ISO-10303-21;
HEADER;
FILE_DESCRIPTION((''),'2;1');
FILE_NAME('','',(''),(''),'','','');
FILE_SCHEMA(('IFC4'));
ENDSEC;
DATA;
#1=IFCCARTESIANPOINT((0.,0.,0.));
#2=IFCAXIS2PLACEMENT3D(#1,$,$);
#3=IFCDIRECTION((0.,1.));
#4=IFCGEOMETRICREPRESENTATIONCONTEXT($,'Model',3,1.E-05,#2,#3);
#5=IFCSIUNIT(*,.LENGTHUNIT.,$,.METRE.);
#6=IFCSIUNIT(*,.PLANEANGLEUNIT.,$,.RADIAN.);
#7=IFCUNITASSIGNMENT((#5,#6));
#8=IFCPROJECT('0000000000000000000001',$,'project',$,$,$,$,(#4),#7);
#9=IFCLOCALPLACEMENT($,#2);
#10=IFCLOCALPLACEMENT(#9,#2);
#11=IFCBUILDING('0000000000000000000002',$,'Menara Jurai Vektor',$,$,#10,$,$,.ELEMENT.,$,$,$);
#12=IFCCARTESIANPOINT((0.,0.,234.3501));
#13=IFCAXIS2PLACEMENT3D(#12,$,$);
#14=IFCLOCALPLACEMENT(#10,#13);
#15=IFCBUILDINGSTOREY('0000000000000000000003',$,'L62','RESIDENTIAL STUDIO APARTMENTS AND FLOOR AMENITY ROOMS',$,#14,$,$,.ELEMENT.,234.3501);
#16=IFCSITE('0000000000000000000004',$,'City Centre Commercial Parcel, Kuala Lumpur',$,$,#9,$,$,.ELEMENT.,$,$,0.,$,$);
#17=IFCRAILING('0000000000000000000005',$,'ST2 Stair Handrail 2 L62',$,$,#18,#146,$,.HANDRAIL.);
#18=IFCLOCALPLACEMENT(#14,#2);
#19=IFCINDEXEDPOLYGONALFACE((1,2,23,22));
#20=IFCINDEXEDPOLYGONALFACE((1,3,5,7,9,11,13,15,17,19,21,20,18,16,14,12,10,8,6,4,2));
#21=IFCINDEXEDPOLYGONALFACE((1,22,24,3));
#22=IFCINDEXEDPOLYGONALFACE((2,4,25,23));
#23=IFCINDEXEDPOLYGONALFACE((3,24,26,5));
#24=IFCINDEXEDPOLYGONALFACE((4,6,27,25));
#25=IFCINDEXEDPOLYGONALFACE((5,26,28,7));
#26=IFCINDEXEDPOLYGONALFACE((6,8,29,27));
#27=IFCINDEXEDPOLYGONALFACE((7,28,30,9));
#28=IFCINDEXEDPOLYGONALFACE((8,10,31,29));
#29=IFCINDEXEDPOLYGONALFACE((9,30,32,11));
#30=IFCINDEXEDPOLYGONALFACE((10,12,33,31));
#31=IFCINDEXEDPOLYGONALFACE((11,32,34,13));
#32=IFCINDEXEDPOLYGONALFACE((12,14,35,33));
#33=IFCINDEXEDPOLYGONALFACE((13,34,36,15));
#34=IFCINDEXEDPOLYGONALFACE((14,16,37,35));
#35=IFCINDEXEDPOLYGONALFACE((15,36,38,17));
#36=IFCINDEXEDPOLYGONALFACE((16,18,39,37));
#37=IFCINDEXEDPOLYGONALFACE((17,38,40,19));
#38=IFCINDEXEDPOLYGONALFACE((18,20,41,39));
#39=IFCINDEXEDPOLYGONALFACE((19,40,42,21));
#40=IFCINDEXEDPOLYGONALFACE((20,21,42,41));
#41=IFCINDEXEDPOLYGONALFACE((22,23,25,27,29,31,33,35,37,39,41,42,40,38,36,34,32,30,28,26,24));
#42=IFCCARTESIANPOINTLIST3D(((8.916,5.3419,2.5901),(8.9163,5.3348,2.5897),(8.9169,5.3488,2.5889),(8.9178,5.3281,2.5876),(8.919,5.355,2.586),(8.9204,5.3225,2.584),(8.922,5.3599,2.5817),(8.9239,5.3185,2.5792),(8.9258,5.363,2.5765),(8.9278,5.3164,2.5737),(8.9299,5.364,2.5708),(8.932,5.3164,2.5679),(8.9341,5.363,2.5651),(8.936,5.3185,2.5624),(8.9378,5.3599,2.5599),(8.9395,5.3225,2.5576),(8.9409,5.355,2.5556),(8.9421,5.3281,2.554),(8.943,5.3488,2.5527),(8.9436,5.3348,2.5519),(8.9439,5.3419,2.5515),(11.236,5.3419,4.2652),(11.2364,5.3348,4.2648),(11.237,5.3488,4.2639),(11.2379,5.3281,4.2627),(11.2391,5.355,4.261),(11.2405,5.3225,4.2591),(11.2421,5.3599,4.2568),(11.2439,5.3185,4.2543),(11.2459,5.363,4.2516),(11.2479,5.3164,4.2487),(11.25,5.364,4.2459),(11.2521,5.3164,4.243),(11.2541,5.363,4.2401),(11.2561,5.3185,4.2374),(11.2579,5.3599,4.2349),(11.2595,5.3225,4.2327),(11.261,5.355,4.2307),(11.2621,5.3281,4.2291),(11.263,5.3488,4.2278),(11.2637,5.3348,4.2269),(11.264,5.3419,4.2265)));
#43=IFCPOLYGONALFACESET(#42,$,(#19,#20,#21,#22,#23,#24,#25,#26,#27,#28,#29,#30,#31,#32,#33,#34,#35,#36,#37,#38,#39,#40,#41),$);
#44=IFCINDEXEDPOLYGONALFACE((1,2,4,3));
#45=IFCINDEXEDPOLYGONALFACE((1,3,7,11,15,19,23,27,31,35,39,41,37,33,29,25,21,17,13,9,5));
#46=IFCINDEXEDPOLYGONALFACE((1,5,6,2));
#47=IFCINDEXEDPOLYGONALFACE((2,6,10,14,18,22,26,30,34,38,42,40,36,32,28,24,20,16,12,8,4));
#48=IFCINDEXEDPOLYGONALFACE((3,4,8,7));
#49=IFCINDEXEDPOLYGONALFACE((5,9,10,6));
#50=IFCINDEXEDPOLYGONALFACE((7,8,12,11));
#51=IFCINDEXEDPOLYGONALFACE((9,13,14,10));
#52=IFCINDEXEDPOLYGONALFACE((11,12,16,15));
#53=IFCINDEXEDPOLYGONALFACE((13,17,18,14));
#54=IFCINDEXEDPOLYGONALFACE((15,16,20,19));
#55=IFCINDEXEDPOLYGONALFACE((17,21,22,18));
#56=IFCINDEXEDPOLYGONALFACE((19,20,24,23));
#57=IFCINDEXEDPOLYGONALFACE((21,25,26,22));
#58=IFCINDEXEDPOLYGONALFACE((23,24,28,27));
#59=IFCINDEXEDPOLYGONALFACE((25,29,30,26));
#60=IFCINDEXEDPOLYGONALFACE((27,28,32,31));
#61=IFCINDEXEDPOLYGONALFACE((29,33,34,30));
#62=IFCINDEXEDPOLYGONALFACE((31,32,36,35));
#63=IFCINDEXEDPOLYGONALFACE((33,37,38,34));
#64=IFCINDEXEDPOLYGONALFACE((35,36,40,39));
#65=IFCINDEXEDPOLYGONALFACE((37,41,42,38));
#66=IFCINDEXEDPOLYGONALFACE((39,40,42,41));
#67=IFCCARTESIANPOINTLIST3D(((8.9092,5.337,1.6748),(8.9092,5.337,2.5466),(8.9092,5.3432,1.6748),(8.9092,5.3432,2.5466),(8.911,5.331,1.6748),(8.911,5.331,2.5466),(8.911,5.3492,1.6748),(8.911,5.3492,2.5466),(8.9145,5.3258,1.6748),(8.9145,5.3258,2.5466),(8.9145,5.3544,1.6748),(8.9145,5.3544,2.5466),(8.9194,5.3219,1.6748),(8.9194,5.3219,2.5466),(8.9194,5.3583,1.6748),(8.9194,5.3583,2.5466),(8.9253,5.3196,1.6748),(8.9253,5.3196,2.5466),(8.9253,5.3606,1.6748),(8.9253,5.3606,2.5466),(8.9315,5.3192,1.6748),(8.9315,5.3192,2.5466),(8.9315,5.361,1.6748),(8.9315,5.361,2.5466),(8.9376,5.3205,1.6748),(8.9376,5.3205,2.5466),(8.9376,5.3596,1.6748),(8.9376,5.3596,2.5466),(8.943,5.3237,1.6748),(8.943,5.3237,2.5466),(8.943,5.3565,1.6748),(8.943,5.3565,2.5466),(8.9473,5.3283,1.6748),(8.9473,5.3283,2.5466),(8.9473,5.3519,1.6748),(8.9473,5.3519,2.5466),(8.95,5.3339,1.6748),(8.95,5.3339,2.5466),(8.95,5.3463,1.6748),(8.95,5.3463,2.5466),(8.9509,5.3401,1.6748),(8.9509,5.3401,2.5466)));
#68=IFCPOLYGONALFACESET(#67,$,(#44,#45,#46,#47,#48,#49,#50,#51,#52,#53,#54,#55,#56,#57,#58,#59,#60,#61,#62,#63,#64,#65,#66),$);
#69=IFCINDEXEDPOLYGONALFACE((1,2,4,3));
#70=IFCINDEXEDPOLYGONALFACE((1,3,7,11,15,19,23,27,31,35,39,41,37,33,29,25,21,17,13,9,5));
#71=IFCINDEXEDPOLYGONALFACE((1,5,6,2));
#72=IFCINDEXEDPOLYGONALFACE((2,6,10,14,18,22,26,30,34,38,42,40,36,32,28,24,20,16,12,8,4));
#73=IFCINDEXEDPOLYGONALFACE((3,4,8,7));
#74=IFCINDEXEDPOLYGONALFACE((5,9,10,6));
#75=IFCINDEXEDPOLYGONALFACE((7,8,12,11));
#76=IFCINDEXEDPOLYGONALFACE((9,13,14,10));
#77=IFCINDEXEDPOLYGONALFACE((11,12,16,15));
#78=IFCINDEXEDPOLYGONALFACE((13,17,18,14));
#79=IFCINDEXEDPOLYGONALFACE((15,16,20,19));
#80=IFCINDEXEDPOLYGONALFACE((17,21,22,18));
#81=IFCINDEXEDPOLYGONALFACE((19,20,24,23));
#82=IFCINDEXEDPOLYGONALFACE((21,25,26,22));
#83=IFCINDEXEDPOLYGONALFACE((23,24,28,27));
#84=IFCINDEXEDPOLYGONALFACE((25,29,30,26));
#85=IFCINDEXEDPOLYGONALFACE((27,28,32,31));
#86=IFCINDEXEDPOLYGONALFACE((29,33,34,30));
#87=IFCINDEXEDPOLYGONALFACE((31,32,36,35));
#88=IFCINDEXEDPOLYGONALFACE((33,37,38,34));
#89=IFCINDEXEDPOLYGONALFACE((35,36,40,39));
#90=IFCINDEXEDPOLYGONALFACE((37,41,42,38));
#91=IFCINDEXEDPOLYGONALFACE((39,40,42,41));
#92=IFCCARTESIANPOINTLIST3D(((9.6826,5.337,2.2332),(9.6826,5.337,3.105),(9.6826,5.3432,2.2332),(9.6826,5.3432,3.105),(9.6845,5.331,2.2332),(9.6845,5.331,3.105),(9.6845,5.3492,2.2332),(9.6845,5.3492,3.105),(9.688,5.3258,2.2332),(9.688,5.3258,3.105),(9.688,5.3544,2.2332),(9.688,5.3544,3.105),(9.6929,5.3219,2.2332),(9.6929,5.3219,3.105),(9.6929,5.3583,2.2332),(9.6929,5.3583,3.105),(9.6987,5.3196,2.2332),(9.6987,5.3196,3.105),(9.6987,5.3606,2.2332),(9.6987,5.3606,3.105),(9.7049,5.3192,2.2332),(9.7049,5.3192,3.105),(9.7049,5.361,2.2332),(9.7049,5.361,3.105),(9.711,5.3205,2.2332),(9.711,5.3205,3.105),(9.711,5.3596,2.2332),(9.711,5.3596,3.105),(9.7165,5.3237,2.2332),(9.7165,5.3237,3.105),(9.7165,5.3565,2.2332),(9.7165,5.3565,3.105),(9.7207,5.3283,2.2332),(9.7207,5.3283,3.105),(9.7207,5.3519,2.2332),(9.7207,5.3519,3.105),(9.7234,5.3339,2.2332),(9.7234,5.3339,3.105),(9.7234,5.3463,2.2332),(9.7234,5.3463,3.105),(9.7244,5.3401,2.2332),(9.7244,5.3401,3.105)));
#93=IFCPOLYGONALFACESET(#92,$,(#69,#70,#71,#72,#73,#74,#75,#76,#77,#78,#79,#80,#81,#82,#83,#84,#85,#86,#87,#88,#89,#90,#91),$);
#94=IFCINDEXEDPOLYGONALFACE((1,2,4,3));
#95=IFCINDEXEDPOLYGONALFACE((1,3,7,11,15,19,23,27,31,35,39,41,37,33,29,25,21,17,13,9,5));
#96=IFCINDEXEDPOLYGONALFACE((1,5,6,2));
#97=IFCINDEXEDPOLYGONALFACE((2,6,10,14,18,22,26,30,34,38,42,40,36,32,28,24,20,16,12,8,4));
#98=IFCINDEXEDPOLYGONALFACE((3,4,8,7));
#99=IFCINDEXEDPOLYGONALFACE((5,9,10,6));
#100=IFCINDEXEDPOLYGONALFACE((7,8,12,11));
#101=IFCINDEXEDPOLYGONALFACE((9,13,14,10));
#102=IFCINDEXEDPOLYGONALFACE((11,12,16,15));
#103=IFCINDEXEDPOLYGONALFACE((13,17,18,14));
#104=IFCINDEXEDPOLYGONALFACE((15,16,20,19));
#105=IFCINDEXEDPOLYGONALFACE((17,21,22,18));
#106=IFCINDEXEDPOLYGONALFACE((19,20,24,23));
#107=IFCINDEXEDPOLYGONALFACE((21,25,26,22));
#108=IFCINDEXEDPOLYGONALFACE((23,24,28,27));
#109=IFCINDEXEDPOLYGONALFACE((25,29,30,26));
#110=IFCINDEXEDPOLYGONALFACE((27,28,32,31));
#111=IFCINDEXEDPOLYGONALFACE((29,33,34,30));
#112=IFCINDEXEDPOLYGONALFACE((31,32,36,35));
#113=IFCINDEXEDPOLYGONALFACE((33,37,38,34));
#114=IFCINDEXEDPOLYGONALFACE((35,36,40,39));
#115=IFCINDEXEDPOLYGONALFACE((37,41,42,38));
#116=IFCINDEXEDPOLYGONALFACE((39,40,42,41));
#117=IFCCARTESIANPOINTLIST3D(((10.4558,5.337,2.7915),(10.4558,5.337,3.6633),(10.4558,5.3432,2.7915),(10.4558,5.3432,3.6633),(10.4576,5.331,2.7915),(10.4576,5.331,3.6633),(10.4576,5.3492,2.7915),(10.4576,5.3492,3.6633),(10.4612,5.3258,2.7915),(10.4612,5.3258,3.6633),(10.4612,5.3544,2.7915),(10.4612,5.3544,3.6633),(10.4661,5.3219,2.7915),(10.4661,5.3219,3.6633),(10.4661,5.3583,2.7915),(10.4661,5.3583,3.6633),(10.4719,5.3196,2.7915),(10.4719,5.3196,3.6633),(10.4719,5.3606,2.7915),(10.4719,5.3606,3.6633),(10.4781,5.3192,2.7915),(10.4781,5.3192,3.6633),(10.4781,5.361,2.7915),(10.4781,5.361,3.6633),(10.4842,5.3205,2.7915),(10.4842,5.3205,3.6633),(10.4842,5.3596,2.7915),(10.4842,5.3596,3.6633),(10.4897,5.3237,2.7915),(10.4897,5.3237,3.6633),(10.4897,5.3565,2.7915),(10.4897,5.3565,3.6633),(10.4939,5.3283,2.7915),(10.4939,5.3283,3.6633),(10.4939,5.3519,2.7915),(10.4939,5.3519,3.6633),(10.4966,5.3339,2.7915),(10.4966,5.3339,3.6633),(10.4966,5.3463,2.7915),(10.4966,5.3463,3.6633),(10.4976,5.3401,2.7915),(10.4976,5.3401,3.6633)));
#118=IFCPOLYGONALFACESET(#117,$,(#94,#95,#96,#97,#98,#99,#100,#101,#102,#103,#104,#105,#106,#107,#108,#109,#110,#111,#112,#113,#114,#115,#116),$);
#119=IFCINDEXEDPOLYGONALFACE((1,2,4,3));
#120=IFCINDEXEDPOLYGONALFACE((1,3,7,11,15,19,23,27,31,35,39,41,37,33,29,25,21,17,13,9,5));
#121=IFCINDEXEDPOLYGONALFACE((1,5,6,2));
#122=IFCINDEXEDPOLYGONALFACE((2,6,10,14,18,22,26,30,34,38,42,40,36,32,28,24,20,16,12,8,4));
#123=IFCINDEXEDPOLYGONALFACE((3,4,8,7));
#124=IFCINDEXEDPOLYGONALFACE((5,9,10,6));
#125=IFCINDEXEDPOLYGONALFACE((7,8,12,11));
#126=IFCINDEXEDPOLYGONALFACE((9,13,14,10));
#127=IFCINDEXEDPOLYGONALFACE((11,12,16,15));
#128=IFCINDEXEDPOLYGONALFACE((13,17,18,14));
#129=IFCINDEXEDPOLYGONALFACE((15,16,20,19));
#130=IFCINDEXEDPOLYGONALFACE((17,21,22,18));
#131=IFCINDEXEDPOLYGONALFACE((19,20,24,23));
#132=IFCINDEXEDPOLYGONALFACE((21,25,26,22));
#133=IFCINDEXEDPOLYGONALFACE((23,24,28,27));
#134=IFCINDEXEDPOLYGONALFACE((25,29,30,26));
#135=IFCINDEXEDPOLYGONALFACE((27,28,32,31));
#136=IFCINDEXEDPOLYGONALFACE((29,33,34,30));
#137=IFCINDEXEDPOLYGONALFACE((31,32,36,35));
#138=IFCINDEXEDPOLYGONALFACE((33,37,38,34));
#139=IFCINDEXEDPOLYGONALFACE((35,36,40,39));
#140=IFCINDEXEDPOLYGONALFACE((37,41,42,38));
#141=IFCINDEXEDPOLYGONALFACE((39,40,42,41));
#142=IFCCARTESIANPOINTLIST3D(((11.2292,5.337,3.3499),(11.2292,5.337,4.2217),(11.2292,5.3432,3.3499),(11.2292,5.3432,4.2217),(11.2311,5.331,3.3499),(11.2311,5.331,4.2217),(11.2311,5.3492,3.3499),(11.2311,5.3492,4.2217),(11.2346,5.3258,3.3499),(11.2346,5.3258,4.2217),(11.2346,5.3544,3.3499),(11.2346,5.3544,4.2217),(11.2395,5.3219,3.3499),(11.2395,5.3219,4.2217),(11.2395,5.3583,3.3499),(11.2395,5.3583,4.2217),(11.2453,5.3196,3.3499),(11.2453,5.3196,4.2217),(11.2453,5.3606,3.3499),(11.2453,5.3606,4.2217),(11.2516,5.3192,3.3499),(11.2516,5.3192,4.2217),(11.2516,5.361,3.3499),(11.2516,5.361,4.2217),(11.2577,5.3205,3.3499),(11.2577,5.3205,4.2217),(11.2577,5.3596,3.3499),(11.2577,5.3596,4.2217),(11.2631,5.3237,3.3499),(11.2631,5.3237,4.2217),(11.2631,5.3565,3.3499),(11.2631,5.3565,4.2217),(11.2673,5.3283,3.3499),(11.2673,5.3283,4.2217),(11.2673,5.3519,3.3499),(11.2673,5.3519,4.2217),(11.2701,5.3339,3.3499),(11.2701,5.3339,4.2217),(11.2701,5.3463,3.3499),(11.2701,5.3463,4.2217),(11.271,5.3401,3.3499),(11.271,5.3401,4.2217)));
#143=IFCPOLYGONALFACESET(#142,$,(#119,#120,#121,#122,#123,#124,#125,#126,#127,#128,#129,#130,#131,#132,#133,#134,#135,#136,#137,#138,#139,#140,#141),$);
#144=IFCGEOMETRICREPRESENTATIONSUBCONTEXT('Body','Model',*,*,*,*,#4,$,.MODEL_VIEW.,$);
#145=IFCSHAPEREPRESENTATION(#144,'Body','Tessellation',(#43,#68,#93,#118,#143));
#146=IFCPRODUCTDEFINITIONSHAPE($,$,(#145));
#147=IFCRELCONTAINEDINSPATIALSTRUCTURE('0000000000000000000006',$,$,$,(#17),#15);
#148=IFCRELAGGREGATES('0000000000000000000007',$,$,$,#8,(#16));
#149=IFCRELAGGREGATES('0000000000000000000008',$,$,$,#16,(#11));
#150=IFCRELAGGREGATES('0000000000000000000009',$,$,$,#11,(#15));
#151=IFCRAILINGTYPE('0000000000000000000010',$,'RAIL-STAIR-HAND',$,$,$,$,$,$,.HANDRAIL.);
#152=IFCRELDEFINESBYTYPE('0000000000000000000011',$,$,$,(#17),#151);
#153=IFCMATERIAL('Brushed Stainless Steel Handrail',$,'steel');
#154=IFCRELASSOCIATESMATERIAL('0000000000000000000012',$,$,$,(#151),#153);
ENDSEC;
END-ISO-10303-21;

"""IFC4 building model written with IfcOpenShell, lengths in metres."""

from ifc_helpers import new_model, si_unit, direction, frame, origin, origin_2d, place, context, subcontext, project, spatial, circle, extrude, material, type_object, element, save


model = new_model("IFC4")

# Units and contexts
model_context = context("Model", 3, precision=1e-05, world=origin(), true_north=direction((0.0, 1.0)))
body_context = subcontext(model_context, "Body", "Model", "MODEL_VIEW")
ifc_project = project(units=[si_unit("LENGTHUNIT", "METRE"), si_unit("PLANEANGLEUNIT", "RADIAN")], contexts=[model_context])

# Site, building, storey
site_placement = place(None, origin())
site = spatial("IfcSite", under=ifc_project, at=site_placement, Name="City Centre Commercial Parcel, Kuala Lumpur", CompositionType="ELEMENT", RefElevation=0.0)
building_placement = place(site_placement, origin())
building = spatial("IfcBuilding", under=site, at=building_placement, Name="Menara Jurai Vektor", CompositionType="ELEMENT")
storey_placement = place(building_placement, frame((0.0, 0.0, 234.3501)))
storey = spatial("IfcBuildingStorey", under=building, at=storey_placement, Name="L62", Description="RESIDENTIAL STUDIO APARTMENTS AND FLOOR AMENITY ROOMS", CompositionType="ELEMENT", Elevation=234.3501)

# Railing
ifc_material_1 = material(Name="Brushed Stainless Steel Handrail", Category="steel")
railing_type_1 = type_object("IfcRailingType", Name="RAIL-STAIR-HAND", PredefinedType="HANDRAIL", material=ifc_material_1)
railing_1_placement = place(storey_placement, frame((8.9299, 5.3401, 1.6748)))
element("IfcRailing", 1, at=railing_1_placement, inside=storey, type_object=railing_type_1, Name="ST2 Stair Handrail 2 L62", PredefinedType="HANDRAIL", context=body_context, shape_type="SweptSolid", body=[
    extrude(circle(Radius=0.0239, at=origin_2d()), frame((0.0, 0.0, 0.896), z_axis=(0.810771, 0.0, 0.585363), x_axis=(0.0, 1.0, 0.0)), (0.0, 0.0, 1.0), 2.8616),
    extrude(circle(Radius=0.021, at=origin_2d()), origin(), (0.0, 0.0, 1.0), 0.8718),
    extrude(circle(Radius=0.021, at=origin_2d()), frame((0.7734, 0.0, 0.5583)), (0.0, 0.0, 1.0), 0.8718),
    extrude(circle(Radius=0.021, at=origin_2d()), frame((1.5466, 0.0, 1.1167)), (0.0, 0.0, 1.0), 0.8718),
    extrude(circle(Radius=0.021, at=origin_2d()), frame((2.3201, 0.0, 1.675)), (0.0, 0.0, 1.0), 0.8718),
])

save(model, "model.ifc")
